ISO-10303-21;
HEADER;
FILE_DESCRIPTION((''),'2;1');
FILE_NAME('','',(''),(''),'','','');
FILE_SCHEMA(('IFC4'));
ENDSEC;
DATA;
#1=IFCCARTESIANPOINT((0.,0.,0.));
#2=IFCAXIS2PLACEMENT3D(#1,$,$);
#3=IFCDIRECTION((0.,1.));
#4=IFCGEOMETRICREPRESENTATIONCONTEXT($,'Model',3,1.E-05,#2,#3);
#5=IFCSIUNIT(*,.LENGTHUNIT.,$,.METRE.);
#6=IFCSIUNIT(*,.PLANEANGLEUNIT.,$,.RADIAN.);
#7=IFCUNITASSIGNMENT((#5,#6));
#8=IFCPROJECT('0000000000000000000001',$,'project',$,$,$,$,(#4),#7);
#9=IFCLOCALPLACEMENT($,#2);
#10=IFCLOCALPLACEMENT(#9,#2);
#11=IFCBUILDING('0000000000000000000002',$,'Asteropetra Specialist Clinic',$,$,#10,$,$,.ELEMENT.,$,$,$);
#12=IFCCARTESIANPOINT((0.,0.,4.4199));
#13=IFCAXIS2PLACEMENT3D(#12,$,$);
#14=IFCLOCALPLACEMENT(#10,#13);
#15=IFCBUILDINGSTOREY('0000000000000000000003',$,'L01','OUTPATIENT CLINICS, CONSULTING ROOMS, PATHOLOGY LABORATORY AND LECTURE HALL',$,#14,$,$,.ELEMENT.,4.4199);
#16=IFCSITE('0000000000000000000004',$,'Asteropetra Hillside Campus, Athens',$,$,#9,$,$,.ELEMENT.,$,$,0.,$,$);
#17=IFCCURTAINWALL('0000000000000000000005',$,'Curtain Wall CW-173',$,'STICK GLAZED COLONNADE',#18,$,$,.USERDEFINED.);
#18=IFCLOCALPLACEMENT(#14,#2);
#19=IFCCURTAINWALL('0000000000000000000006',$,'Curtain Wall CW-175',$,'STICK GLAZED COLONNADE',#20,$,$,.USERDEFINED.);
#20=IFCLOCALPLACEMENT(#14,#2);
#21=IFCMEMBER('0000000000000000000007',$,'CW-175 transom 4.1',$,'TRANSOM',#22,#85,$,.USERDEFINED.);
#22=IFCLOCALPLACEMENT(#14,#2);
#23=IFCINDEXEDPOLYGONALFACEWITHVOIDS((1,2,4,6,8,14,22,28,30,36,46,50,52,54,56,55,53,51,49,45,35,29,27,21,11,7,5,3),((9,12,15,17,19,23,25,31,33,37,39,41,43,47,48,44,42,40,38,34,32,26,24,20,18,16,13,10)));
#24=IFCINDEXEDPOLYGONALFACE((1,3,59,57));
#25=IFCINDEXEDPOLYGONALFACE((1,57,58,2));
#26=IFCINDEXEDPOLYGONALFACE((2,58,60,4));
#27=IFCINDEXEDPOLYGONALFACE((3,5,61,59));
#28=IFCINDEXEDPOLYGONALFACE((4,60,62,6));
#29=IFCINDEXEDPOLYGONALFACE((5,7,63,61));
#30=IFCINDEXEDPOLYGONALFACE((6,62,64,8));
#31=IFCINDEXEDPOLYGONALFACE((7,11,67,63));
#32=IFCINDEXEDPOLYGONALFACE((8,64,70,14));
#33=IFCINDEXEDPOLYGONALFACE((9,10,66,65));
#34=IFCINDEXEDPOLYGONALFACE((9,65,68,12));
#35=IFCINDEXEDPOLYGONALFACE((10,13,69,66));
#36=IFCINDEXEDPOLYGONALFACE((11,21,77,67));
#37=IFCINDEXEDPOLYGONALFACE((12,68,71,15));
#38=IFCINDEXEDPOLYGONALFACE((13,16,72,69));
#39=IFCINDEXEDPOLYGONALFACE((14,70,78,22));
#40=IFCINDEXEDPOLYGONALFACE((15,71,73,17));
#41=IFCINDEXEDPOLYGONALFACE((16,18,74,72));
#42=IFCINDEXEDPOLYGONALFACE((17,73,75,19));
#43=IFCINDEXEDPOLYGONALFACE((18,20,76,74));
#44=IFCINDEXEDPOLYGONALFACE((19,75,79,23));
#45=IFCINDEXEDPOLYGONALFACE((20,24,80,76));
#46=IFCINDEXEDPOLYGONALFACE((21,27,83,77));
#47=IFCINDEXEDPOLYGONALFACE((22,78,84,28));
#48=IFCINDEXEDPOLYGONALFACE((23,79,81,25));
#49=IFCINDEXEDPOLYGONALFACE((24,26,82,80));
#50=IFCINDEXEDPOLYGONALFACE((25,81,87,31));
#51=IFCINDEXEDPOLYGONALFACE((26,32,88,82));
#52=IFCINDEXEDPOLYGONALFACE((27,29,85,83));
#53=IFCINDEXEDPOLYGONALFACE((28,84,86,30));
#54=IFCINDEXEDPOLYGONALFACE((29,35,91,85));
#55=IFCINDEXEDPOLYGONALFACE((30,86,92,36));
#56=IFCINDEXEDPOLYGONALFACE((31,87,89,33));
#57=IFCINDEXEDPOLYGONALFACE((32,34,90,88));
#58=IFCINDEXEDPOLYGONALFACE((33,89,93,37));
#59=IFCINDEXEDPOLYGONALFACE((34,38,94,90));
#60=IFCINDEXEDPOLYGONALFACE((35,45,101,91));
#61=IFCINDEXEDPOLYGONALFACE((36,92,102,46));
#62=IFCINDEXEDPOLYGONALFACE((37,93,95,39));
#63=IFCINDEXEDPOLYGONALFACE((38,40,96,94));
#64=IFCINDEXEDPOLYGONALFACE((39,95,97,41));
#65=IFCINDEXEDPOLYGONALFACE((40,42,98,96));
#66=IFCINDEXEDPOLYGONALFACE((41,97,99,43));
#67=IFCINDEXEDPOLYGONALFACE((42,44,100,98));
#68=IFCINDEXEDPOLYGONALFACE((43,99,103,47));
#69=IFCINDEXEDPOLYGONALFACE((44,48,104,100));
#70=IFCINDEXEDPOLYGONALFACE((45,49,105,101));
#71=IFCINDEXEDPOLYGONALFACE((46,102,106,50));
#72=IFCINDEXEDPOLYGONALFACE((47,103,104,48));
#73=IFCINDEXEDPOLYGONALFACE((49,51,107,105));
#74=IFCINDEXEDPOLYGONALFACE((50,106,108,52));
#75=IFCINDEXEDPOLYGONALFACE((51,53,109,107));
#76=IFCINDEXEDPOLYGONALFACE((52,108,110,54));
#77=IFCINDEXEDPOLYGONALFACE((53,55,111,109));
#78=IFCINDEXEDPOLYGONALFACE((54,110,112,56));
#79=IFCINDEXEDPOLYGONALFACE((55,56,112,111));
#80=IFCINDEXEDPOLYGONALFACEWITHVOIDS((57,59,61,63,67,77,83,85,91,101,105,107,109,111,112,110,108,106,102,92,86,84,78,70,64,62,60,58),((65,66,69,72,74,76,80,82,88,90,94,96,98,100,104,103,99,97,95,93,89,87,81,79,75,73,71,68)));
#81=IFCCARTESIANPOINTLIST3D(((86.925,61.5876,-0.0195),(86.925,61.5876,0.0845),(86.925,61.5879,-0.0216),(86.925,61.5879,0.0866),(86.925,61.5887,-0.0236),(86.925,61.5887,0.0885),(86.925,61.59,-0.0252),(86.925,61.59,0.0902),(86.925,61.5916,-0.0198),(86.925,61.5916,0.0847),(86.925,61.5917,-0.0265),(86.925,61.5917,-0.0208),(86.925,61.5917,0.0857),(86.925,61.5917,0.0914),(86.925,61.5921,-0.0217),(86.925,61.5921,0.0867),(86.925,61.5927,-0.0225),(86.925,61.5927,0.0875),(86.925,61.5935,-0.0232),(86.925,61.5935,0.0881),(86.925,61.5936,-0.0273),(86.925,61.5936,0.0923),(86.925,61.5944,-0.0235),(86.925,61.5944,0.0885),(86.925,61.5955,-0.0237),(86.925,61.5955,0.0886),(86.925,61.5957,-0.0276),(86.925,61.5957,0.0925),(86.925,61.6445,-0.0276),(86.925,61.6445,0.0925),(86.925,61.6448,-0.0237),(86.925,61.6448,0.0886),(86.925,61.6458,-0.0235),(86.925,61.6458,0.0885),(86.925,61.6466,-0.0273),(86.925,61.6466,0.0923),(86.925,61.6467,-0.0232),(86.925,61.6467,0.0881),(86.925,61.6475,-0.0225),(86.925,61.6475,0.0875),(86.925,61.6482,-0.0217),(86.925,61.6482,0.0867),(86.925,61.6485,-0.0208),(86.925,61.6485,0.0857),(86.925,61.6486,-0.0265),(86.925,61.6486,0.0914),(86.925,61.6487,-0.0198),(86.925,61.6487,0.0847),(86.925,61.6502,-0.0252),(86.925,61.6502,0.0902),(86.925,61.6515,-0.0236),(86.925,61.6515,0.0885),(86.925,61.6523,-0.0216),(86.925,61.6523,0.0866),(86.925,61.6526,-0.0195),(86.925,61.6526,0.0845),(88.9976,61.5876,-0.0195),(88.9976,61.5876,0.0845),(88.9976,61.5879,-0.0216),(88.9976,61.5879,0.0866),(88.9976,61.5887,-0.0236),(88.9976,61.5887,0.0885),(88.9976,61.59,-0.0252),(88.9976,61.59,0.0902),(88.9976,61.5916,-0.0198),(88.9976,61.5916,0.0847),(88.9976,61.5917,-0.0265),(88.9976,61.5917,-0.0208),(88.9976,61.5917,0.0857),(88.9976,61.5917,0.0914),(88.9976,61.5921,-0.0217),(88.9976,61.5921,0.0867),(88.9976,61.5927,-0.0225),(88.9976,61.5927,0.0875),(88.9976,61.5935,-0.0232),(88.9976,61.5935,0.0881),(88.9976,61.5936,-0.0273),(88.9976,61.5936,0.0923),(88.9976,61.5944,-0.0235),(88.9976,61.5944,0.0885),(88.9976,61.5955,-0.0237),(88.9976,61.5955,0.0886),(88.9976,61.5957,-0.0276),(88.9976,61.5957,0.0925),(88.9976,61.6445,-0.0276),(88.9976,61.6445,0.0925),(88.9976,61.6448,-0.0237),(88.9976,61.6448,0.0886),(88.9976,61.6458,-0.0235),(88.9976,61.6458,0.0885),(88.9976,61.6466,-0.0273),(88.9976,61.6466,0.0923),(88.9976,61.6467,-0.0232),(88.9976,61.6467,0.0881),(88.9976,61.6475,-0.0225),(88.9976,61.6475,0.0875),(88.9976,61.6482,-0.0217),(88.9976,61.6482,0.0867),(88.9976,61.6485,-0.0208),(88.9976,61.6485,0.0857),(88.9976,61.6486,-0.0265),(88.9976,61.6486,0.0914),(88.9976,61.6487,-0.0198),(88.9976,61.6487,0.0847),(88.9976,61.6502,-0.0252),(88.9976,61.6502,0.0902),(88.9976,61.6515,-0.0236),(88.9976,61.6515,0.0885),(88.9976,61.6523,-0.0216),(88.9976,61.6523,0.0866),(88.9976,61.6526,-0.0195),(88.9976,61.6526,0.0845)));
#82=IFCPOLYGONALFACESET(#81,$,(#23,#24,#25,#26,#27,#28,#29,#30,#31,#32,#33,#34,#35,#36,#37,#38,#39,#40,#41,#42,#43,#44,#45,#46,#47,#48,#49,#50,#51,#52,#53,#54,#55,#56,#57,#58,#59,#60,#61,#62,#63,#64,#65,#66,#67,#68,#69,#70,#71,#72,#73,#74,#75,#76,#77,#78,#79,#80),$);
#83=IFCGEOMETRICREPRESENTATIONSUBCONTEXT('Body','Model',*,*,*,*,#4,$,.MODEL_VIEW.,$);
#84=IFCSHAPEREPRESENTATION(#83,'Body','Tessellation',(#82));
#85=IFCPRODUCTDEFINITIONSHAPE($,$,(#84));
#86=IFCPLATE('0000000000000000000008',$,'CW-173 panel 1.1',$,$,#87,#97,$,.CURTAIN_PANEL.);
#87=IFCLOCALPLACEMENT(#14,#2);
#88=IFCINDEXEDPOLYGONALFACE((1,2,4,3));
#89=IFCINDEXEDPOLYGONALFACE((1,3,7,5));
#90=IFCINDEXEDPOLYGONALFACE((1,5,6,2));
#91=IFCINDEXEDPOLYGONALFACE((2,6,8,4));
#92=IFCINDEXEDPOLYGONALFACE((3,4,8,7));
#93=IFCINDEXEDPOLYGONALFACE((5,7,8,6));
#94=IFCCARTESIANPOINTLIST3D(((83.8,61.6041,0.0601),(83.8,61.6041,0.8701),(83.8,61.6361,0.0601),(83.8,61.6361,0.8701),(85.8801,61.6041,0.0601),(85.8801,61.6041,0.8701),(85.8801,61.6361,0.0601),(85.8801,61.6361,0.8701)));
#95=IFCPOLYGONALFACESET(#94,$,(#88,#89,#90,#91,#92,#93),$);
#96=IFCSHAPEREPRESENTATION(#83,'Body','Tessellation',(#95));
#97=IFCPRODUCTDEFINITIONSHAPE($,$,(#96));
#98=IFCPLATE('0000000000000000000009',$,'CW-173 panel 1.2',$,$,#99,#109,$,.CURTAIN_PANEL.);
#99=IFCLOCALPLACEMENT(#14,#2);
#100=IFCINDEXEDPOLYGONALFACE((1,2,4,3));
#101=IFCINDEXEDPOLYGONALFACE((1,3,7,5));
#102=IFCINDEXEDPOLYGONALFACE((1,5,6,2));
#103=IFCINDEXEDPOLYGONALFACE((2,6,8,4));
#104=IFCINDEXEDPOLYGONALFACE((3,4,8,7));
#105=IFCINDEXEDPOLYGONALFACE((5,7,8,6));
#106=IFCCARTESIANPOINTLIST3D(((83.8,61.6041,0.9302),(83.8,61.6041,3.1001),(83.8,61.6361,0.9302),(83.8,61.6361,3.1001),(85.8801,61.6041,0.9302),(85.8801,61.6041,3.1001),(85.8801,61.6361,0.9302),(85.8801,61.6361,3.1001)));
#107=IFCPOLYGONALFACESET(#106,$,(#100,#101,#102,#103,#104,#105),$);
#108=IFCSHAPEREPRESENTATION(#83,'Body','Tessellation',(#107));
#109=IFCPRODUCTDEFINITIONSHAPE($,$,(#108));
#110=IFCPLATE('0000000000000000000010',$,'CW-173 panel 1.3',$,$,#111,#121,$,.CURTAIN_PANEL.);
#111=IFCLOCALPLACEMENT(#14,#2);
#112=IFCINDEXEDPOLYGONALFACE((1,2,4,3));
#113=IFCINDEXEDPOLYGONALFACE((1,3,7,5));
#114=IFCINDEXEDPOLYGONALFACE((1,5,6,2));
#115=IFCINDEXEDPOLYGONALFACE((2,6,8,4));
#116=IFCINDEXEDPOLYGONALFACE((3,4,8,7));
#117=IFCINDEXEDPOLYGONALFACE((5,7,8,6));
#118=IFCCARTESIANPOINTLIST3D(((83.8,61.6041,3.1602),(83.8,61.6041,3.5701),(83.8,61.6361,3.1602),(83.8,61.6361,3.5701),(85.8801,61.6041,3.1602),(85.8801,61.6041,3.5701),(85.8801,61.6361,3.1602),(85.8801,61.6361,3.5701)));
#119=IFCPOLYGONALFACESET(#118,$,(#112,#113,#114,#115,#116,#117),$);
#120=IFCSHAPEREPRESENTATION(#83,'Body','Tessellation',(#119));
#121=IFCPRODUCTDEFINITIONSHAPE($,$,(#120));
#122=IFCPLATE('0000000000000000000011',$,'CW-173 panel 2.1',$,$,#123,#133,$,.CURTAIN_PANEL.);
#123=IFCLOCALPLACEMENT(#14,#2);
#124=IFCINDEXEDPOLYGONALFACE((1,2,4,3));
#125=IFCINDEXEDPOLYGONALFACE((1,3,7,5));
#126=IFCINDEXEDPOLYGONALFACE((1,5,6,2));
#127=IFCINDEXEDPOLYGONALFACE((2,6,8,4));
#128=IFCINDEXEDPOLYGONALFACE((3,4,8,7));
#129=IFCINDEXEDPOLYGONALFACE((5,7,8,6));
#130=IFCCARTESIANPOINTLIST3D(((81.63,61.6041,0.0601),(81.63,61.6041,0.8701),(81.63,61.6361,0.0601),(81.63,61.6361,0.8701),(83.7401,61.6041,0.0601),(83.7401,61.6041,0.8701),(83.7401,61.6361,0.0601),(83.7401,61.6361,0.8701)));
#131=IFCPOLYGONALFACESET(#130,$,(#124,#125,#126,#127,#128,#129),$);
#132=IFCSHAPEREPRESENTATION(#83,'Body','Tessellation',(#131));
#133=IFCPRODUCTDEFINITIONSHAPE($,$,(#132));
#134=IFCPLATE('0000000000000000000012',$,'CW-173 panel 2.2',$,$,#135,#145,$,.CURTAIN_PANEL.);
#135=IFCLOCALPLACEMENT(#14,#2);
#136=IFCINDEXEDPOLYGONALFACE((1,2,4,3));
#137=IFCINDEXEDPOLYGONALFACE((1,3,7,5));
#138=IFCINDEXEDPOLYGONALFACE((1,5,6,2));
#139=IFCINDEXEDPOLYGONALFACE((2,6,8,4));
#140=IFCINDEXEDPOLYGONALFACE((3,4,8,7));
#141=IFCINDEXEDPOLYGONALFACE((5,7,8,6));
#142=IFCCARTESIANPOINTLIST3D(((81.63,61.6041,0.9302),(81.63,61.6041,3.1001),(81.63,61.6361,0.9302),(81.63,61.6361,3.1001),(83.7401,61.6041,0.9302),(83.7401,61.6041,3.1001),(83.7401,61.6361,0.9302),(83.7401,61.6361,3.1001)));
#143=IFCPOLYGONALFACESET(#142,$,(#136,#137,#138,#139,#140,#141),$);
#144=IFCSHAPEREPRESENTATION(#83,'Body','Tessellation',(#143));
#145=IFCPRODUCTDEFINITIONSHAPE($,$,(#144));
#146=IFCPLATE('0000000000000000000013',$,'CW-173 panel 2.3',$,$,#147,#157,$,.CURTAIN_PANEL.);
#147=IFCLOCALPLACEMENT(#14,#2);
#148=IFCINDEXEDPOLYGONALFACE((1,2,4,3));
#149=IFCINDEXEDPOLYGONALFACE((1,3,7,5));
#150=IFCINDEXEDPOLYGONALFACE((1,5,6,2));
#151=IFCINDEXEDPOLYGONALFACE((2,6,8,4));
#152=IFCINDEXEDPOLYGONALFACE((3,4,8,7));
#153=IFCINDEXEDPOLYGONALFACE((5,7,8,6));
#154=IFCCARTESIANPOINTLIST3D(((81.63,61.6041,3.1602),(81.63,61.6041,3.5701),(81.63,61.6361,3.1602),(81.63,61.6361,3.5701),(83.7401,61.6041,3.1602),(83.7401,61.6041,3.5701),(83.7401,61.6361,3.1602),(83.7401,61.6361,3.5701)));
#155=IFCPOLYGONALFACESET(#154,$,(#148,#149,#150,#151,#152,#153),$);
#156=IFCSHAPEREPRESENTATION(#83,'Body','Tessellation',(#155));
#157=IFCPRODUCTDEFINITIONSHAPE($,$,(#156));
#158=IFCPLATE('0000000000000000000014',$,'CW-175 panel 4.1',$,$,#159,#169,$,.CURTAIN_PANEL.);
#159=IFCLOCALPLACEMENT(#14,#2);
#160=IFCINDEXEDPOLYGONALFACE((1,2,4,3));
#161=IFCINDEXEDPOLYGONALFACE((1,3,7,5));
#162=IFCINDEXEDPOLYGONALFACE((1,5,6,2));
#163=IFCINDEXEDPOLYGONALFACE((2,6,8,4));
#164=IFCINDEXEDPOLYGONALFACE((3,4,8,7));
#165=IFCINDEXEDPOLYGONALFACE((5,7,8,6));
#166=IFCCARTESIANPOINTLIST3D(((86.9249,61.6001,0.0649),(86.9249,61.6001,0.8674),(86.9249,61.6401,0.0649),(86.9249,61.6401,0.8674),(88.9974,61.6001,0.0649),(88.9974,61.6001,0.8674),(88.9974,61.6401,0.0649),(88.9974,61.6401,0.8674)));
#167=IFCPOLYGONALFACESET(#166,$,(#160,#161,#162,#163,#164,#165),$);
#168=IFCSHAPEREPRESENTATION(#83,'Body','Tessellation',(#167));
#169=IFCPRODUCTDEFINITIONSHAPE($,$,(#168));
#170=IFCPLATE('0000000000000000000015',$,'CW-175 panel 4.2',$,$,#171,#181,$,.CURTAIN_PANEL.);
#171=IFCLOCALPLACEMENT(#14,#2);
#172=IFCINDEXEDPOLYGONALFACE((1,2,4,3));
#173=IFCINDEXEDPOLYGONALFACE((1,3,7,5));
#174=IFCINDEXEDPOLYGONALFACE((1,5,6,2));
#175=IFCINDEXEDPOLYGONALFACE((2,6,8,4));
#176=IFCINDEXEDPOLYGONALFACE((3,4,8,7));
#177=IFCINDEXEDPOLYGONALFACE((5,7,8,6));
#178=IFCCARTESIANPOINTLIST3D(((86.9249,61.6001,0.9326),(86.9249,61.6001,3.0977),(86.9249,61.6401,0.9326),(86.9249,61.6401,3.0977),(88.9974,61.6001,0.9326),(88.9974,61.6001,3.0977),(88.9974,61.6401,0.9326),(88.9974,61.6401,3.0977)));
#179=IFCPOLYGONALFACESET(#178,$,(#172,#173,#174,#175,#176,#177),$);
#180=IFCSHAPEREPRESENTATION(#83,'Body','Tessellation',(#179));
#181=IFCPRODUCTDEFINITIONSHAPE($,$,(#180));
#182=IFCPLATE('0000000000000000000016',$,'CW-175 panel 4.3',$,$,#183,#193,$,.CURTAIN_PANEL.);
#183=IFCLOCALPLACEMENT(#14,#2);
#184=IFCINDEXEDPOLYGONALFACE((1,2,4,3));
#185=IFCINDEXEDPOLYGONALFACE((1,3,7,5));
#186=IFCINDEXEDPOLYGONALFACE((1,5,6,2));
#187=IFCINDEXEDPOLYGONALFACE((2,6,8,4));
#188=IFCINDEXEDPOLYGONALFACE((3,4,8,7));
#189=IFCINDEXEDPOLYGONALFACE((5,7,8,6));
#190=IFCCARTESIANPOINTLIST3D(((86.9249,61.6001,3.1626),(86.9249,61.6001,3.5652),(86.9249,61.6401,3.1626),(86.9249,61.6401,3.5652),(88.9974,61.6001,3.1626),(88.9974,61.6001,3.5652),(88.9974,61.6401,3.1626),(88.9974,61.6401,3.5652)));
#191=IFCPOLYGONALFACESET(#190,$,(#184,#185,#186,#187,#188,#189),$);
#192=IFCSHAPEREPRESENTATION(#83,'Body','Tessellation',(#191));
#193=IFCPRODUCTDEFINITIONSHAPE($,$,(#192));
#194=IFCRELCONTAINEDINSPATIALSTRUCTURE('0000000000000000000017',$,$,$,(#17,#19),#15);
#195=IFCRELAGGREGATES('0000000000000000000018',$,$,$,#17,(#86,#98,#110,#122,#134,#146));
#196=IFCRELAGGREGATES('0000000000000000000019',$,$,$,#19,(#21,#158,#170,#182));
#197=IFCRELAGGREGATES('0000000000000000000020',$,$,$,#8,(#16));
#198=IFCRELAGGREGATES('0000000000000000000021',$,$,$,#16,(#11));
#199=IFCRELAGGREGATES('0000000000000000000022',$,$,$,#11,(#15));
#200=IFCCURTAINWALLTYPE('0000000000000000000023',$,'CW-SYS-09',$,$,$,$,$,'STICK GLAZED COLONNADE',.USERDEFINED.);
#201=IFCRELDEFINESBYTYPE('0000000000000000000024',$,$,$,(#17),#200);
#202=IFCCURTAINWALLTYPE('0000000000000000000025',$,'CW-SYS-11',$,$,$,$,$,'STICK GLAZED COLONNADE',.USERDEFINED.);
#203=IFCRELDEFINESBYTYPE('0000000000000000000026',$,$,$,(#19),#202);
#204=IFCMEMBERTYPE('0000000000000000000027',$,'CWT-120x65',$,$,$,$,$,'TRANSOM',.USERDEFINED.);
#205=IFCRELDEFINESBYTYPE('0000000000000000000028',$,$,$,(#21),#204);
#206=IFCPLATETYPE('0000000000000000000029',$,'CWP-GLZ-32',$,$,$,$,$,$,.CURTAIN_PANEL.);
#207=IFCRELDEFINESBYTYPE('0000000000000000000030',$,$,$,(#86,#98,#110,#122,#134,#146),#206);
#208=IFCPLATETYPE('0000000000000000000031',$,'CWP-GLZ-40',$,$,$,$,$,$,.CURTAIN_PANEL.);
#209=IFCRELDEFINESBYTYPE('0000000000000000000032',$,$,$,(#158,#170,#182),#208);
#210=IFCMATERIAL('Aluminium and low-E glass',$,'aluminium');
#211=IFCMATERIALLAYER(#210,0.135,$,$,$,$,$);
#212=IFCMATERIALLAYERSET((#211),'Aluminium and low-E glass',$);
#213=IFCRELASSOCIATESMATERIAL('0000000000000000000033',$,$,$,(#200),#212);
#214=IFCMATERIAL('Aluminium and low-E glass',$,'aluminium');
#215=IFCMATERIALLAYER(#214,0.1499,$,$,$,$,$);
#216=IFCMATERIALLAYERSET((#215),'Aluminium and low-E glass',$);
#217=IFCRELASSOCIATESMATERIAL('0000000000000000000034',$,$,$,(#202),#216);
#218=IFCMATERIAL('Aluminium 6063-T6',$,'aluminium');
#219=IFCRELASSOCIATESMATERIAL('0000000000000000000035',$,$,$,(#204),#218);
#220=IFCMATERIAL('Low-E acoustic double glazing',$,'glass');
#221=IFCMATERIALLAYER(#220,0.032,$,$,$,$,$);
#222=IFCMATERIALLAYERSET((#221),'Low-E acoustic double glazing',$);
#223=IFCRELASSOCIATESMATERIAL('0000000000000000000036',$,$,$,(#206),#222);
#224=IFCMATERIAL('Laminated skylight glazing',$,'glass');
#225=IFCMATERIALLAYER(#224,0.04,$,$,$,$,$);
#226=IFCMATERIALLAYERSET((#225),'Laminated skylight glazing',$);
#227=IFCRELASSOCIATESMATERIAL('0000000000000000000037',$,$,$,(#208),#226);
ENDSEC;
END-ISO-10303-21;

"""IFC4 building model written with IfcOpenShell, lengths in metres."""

from ifc_helpers import new_model, si_unit, direction, frame, origin, origin_2d, place, context, subcontext, project, spatial, rectangle, hollow_rectangle, extrude, material, layer, layer_set, material_profile, profile_set, type_object, element, aggregate, save


model = new_model("IFC4")

# Units and contexts
model_context = context("Model", 3, precision=1e-05, world=origin(), true_north=direction((0.0, 1.0)))
body_context = subcontext(model_context, "Body", "Model", "MODEL_VIEW")
ifc_project = project(units=[si_unit("LENGTHUNIT", "METRE"), si_unit("PLANEANGLEUNIT", "RADIAN")], contexts=[model_context])

# Site, building, storey
site_placement = place(None, origin())
site = spatial("IfcSite", under=ifc_project, at=site_placement, Name="Asteropetra Hillside Campus, Athens", CompositionType="ELEMENT", RefElevation=0.0)
building_placement = place(site_placement, origin())
building = spatial("IfcBuilding", under=site, at=building_placement, Name="Asteropetra Specialist Clinic", CompositionType="ELEMENT")
storey_placement = place(building_placement, frame((0.0, 0.0, 4.4199)))
storey = spatial("IfcBuildingStorey", under=building, at=storey_placement, Name="L01", Description="OUTPATIENT CLINICS, CONSULTING ROOMS, PATHOLOGY LABORATORY AND LECTURE HALL", CompositionType="ELEMENT", Elevation=4.4199)

# Curtain wall
ifc_material_1 = material(Name="Aluminium and low-E glass", Category="aluminium")
ifc_layer_1 = layer(ifc_material_1, 0.135)
ifc_layer_set_1 = layer_set([ifc_layer_1], Name="Aluminium and low-E glass")
curtain_wall_type_1 = type_object("IfcCurtainWallType", Name="CW-SYS-09", ElementType="STICK GLAZED COLONNADE", PredefinedType="USERDEFINED", material=ifc_layer_set_1)
curtain_wall_1_placement = place(storey_placement, origin())
curtain_wall_1 = element("IfcCurtainWall", 1, at=curtain_wall_1_placement, inside=storey, type_object=curtain_wall_type_1, Name="Curtain Wall CW-173", ObjectType="STICK GLAZED COLONNADE", PredefinedType="USERDEFINED")

# Curtain wall
ifc_material_2 = material(Name="Aluminium and low-E glass", Category="aluminium")
ifc_layer_2 = layer(ifc_material_2, 0.1499)
ifc_layer_set_2 = layer_set([ifc_layer_2], Name="Aluminium and low-E glass")
curtain_wall_type_2 = type_object("IfcCurtainWallType", Name="CW-SYS-11", ElementType="STICK GLAZED COLONNADE", PredefinedType="USERDEFINED", material=ifc_layer_set_2)
curtain_wall_2_placement = place(storey_placement, origin())
curtain_wall_2 = element("IfcCurtainWall", 2, at=curtain_wall_2_placement, inside=storey, type_object=curtain_wall_type_2, Name="Curtain Wall CW-175", ObjectType="STICK GLAZED COLONNADE", PredefinedType="USERDEFINED")

# Member
ifc_material_3 = material(Name="Aluminium 6063-T6", Category="aluminium")
ifc_material_profile_1 = material_profile(ifc_material_3, hollow_rectangle(XDim=0.0649, YDim=0.1201, WallThickness=0.0039, InnerFilletRadius=0.0039, OuterFilletRadius=0.0081, at=origin_2d()), Name="TRN 120x65x4.0")
ifc_profile_set_1 = profile_set([ifc_material_profile_1], Name="Aluminium 6063-T6")
member_type_1 = type_object("IfcMemberType", Name="CWT-120x65", ElementType="TRANSOM", PredefinedType="USERDEFINED", material=ifc_profile_set_1)
member_1_placement = place(storey_placement, frame((88.9976, 61.6201, 0.0325), z_axis=(-1.0, 0.0, 0.0), x_axis=(0.0, -1.0, 0.0)))
member_1 = element("IfcMember", 3, at=member_1_placement, type_object=member_type_1, Name="CW-175 transom 4.1", ObjectType="TRANSOM", PredefinedType="USERDEFINED", context=body_context, shape_type="SweptSolid", body=[
    extrude(hollow_rectangle(XDim=0.0649, YDim=0.1201, WallThickness=0.0039, InnerFilletRadius=0.0039, OuterFilletRadius=0.0081, at=origin_2d()), origin(), (0.0, 0.0, 1.0), 2.0725),
])

# Plates
ifc_material_4 = material(Name="Low-E acoustic double glazing", Category="glass")
ifc_layer_3 = layer(ifc_material_4, 0.032)
ifc_layer_set_3 = layer_set([ifc_layer_3], Name="Low-E acoustic double glazing")
plate_type_1 = type_object("IfcPlateType", Name="CWP-GLZ-32", PredefinedType="CURTAIN_PANEL", material=ifc_layer_set_3)
plate_1_placement = place(storey_placement, frame((84.8401, 61.6201, 0.0601), z_axis=(0.0, 0.0, 1.0), x_axis=(-1.0, 0.0, 0.0)))
plate_1 = element("IfcPlate", 4, at=plate_1_placement, type_object=plate_type_1, Name="CW-173 panel 1.1", PredefinedType="CURTAIN_PANEL", context=body_context, shape_type="SweptSolid", body=[
    extrude(rectangle(XDim=2.0801, YDim=0.032, at=origin_2d()), origin(), (0.0, 0.0, 1.0), 0.8101),
])
plate_2_placement = place(storey_placement, frame((84.8401, 61.6201, 0.9302), z_axis=(0.0, 0.0, 1.0), x_axis=(-1.0, 0.0, 0.0)))
plate_2 = element("IfcPlate", 5, at=plate_2_placement, type_object=plate_type_1, Name="CW-173 panel 1.2", PredefinedType="CURTAIN_PANEL", context=body_context, shape_type="SweptSolid", body=[
    extrude(rectangle(XDim=2.0801, YDim=0.032, at=origin_2d()), origin(), (0.0, 0.0, 1.0), 2.1699),
])
plate_3_placement = place(storey_placement, frame((84.8401, 61.6201, 3.1602), z_axis=(0.0, 0.0, 1.0), x_axis=(-1.0, 0.0, 0.0)))
plate_3 = element("IfcPlate", 6, at=plate_3_placement, type_object=plate_type_1, Name="CW-173 panel 1.3", PredefinedType="CURTAIN_PANEL", context=body_context, shape_type="SweptSolid", body=[
    extrude(rectangle(XDim=2.0801, YDim=0.032, at=origin_2d()), origin(), (0.0, 0.0, 1.0), 0.4099),
])
plate_4_placement = place(storey_placement, frame((82.6851, 61.6201, 0.0601), z_axis=(0.0, 0.0, 1.0), x_axis=(-1.0, 0.0, 0.0)))
plate_4 = element("IfcPlate", 7, at=plate_4_placement, type_object=plate_type_1, Name="CW-173 panel 2.1", PredefinedType="CURTAIN_PANEL", context=body_context, shape_type="SweptSolid", body=[
    extrude(rectangle(XDim=2.1101, YDim=0.032, at=origin_2d()), origin(), (0.0, 0.0, 1.0), 0.8101),
])
plate_5_placement = place(storey_placement, frame((82.6851, 61.6201, 0.9302), z_axis=(0.0, 0.0, 1.0), x_axis=(-1.0, 0.0, 0.0)))
plate_5 = element("IfcPlate", 8, at=plate_5_placement, type_object=plate_type_1, Name="CW-173 panel 2.2", PredefinedType="CURTAIN_PANEL", context=body_context, shape_type="SweptSolid", body=[
    extrude(rectangle(XDim=2.1101, YDim=0.032, at=origin_2d()), origin(), (0.0, 0.0, 1.0), 2.1699),
])
plate_6_placement = place(storey_placement, frame((82.6851, 61.6201, 3.1602), z_axis=(0.0, 0.0, 1.0), x_axis=(-1.0, 0.0, 0.0)))
plate_6 = element("IfcPlate", 9, at=plate_6_placement, type_object=plate_type_1, Name="CW-173 panel 2.3", PredefinedType="CURTAIN_PANEL", context=body_context, shape_type="SweptSolid", body=[
    extrude(rectangle(XDim=2.1101, YDim=0.032, at=origin_2d()), origin(), (0.0, 0.0, 1.0), 0.4099),
])
aggregate(curtain_wall_1, [plate_1, plate_2, plate_3, plate_4, plate_5, plate_6])
ifc_material_5 = material(Name="Laminated skylight glazing", Category="glass")
ifc_layer_4 = layer(ifc_material_5, 0.04)
ifc_layer_set_4 = layer_set([ifc_layer_4], Name="Laminated skylight glazing")
plate_type_2 = type_object("IfcPlateType", Name="CWP-GLZ-40", PredefinedType="CURTAIN_PANEL", material=ifc_layer_set_4)
plate_7_placement = place(storey_placement, frame((87.9612, 61.6201, 0.0649), z_axis=(0.0, 0.0, 1.0), x_axis=(-1.0, 0.0, 0.0)))
plate_7 = element("IfcPlate", 10, at=plate_7_placement, type_object=plate_type_2, Name="CW-175 panel 4.1", PredefinedType="CURTAIN_PANEL", context=body_context, shape_type="SweptSolid", body=[
    extrude(rectangle(XDim=2.0725, YDim=0.04, at=origin_2d()), origin(), (0.0, 0.0, 1.0), 0.8025),
])
plate_8_placement = place(storey_placement, frame((87.9612, 61.6201, 0.9326), z_axis=(0.0, 0.0, 1.0), x_axis=(-1.0, 0.0, 0.0)))
plate_8 = element("IfcPlate", 11, at=plate_8_placement, type_object=plate_type_2, Name="CW-175 panel 4.2", PredefinedType="CURTAIN_PANEL", context=body_context, shape_type="SweptSolid", body=[
    extrude(rectangle(XDim=2.0725, YDim=0.04, at=origin_2d()), origin(), (0.0, 0.0, 1.0), 2.165),
])
plate_9_placement = place(storey_placement, frame((87.9612, 61.6201, 3.1626), z_axis=(0.0, 0.0, 1.0), x_axis=(-1.0, 0.0, 0.0)))
plate_9 = element("IfcPlate", 12, at=plate_9_placement, type_object=plate_type_2, Name="CW-175 panel 4.3", PredefinedType="CURTAIN_PANEL", context=body_context, shape_type="SweptSolid", body=[
    extrude(rectangle(XDim=2.0725, YDim=0.04, at=origin_2d()), origin(), (0.0, 0.0, 1.0), 0.4026),
])
aggregate(curtain_wall_2, [member_1, plate_7, plate_8, plate_9])

save(model, "model.ifc")
